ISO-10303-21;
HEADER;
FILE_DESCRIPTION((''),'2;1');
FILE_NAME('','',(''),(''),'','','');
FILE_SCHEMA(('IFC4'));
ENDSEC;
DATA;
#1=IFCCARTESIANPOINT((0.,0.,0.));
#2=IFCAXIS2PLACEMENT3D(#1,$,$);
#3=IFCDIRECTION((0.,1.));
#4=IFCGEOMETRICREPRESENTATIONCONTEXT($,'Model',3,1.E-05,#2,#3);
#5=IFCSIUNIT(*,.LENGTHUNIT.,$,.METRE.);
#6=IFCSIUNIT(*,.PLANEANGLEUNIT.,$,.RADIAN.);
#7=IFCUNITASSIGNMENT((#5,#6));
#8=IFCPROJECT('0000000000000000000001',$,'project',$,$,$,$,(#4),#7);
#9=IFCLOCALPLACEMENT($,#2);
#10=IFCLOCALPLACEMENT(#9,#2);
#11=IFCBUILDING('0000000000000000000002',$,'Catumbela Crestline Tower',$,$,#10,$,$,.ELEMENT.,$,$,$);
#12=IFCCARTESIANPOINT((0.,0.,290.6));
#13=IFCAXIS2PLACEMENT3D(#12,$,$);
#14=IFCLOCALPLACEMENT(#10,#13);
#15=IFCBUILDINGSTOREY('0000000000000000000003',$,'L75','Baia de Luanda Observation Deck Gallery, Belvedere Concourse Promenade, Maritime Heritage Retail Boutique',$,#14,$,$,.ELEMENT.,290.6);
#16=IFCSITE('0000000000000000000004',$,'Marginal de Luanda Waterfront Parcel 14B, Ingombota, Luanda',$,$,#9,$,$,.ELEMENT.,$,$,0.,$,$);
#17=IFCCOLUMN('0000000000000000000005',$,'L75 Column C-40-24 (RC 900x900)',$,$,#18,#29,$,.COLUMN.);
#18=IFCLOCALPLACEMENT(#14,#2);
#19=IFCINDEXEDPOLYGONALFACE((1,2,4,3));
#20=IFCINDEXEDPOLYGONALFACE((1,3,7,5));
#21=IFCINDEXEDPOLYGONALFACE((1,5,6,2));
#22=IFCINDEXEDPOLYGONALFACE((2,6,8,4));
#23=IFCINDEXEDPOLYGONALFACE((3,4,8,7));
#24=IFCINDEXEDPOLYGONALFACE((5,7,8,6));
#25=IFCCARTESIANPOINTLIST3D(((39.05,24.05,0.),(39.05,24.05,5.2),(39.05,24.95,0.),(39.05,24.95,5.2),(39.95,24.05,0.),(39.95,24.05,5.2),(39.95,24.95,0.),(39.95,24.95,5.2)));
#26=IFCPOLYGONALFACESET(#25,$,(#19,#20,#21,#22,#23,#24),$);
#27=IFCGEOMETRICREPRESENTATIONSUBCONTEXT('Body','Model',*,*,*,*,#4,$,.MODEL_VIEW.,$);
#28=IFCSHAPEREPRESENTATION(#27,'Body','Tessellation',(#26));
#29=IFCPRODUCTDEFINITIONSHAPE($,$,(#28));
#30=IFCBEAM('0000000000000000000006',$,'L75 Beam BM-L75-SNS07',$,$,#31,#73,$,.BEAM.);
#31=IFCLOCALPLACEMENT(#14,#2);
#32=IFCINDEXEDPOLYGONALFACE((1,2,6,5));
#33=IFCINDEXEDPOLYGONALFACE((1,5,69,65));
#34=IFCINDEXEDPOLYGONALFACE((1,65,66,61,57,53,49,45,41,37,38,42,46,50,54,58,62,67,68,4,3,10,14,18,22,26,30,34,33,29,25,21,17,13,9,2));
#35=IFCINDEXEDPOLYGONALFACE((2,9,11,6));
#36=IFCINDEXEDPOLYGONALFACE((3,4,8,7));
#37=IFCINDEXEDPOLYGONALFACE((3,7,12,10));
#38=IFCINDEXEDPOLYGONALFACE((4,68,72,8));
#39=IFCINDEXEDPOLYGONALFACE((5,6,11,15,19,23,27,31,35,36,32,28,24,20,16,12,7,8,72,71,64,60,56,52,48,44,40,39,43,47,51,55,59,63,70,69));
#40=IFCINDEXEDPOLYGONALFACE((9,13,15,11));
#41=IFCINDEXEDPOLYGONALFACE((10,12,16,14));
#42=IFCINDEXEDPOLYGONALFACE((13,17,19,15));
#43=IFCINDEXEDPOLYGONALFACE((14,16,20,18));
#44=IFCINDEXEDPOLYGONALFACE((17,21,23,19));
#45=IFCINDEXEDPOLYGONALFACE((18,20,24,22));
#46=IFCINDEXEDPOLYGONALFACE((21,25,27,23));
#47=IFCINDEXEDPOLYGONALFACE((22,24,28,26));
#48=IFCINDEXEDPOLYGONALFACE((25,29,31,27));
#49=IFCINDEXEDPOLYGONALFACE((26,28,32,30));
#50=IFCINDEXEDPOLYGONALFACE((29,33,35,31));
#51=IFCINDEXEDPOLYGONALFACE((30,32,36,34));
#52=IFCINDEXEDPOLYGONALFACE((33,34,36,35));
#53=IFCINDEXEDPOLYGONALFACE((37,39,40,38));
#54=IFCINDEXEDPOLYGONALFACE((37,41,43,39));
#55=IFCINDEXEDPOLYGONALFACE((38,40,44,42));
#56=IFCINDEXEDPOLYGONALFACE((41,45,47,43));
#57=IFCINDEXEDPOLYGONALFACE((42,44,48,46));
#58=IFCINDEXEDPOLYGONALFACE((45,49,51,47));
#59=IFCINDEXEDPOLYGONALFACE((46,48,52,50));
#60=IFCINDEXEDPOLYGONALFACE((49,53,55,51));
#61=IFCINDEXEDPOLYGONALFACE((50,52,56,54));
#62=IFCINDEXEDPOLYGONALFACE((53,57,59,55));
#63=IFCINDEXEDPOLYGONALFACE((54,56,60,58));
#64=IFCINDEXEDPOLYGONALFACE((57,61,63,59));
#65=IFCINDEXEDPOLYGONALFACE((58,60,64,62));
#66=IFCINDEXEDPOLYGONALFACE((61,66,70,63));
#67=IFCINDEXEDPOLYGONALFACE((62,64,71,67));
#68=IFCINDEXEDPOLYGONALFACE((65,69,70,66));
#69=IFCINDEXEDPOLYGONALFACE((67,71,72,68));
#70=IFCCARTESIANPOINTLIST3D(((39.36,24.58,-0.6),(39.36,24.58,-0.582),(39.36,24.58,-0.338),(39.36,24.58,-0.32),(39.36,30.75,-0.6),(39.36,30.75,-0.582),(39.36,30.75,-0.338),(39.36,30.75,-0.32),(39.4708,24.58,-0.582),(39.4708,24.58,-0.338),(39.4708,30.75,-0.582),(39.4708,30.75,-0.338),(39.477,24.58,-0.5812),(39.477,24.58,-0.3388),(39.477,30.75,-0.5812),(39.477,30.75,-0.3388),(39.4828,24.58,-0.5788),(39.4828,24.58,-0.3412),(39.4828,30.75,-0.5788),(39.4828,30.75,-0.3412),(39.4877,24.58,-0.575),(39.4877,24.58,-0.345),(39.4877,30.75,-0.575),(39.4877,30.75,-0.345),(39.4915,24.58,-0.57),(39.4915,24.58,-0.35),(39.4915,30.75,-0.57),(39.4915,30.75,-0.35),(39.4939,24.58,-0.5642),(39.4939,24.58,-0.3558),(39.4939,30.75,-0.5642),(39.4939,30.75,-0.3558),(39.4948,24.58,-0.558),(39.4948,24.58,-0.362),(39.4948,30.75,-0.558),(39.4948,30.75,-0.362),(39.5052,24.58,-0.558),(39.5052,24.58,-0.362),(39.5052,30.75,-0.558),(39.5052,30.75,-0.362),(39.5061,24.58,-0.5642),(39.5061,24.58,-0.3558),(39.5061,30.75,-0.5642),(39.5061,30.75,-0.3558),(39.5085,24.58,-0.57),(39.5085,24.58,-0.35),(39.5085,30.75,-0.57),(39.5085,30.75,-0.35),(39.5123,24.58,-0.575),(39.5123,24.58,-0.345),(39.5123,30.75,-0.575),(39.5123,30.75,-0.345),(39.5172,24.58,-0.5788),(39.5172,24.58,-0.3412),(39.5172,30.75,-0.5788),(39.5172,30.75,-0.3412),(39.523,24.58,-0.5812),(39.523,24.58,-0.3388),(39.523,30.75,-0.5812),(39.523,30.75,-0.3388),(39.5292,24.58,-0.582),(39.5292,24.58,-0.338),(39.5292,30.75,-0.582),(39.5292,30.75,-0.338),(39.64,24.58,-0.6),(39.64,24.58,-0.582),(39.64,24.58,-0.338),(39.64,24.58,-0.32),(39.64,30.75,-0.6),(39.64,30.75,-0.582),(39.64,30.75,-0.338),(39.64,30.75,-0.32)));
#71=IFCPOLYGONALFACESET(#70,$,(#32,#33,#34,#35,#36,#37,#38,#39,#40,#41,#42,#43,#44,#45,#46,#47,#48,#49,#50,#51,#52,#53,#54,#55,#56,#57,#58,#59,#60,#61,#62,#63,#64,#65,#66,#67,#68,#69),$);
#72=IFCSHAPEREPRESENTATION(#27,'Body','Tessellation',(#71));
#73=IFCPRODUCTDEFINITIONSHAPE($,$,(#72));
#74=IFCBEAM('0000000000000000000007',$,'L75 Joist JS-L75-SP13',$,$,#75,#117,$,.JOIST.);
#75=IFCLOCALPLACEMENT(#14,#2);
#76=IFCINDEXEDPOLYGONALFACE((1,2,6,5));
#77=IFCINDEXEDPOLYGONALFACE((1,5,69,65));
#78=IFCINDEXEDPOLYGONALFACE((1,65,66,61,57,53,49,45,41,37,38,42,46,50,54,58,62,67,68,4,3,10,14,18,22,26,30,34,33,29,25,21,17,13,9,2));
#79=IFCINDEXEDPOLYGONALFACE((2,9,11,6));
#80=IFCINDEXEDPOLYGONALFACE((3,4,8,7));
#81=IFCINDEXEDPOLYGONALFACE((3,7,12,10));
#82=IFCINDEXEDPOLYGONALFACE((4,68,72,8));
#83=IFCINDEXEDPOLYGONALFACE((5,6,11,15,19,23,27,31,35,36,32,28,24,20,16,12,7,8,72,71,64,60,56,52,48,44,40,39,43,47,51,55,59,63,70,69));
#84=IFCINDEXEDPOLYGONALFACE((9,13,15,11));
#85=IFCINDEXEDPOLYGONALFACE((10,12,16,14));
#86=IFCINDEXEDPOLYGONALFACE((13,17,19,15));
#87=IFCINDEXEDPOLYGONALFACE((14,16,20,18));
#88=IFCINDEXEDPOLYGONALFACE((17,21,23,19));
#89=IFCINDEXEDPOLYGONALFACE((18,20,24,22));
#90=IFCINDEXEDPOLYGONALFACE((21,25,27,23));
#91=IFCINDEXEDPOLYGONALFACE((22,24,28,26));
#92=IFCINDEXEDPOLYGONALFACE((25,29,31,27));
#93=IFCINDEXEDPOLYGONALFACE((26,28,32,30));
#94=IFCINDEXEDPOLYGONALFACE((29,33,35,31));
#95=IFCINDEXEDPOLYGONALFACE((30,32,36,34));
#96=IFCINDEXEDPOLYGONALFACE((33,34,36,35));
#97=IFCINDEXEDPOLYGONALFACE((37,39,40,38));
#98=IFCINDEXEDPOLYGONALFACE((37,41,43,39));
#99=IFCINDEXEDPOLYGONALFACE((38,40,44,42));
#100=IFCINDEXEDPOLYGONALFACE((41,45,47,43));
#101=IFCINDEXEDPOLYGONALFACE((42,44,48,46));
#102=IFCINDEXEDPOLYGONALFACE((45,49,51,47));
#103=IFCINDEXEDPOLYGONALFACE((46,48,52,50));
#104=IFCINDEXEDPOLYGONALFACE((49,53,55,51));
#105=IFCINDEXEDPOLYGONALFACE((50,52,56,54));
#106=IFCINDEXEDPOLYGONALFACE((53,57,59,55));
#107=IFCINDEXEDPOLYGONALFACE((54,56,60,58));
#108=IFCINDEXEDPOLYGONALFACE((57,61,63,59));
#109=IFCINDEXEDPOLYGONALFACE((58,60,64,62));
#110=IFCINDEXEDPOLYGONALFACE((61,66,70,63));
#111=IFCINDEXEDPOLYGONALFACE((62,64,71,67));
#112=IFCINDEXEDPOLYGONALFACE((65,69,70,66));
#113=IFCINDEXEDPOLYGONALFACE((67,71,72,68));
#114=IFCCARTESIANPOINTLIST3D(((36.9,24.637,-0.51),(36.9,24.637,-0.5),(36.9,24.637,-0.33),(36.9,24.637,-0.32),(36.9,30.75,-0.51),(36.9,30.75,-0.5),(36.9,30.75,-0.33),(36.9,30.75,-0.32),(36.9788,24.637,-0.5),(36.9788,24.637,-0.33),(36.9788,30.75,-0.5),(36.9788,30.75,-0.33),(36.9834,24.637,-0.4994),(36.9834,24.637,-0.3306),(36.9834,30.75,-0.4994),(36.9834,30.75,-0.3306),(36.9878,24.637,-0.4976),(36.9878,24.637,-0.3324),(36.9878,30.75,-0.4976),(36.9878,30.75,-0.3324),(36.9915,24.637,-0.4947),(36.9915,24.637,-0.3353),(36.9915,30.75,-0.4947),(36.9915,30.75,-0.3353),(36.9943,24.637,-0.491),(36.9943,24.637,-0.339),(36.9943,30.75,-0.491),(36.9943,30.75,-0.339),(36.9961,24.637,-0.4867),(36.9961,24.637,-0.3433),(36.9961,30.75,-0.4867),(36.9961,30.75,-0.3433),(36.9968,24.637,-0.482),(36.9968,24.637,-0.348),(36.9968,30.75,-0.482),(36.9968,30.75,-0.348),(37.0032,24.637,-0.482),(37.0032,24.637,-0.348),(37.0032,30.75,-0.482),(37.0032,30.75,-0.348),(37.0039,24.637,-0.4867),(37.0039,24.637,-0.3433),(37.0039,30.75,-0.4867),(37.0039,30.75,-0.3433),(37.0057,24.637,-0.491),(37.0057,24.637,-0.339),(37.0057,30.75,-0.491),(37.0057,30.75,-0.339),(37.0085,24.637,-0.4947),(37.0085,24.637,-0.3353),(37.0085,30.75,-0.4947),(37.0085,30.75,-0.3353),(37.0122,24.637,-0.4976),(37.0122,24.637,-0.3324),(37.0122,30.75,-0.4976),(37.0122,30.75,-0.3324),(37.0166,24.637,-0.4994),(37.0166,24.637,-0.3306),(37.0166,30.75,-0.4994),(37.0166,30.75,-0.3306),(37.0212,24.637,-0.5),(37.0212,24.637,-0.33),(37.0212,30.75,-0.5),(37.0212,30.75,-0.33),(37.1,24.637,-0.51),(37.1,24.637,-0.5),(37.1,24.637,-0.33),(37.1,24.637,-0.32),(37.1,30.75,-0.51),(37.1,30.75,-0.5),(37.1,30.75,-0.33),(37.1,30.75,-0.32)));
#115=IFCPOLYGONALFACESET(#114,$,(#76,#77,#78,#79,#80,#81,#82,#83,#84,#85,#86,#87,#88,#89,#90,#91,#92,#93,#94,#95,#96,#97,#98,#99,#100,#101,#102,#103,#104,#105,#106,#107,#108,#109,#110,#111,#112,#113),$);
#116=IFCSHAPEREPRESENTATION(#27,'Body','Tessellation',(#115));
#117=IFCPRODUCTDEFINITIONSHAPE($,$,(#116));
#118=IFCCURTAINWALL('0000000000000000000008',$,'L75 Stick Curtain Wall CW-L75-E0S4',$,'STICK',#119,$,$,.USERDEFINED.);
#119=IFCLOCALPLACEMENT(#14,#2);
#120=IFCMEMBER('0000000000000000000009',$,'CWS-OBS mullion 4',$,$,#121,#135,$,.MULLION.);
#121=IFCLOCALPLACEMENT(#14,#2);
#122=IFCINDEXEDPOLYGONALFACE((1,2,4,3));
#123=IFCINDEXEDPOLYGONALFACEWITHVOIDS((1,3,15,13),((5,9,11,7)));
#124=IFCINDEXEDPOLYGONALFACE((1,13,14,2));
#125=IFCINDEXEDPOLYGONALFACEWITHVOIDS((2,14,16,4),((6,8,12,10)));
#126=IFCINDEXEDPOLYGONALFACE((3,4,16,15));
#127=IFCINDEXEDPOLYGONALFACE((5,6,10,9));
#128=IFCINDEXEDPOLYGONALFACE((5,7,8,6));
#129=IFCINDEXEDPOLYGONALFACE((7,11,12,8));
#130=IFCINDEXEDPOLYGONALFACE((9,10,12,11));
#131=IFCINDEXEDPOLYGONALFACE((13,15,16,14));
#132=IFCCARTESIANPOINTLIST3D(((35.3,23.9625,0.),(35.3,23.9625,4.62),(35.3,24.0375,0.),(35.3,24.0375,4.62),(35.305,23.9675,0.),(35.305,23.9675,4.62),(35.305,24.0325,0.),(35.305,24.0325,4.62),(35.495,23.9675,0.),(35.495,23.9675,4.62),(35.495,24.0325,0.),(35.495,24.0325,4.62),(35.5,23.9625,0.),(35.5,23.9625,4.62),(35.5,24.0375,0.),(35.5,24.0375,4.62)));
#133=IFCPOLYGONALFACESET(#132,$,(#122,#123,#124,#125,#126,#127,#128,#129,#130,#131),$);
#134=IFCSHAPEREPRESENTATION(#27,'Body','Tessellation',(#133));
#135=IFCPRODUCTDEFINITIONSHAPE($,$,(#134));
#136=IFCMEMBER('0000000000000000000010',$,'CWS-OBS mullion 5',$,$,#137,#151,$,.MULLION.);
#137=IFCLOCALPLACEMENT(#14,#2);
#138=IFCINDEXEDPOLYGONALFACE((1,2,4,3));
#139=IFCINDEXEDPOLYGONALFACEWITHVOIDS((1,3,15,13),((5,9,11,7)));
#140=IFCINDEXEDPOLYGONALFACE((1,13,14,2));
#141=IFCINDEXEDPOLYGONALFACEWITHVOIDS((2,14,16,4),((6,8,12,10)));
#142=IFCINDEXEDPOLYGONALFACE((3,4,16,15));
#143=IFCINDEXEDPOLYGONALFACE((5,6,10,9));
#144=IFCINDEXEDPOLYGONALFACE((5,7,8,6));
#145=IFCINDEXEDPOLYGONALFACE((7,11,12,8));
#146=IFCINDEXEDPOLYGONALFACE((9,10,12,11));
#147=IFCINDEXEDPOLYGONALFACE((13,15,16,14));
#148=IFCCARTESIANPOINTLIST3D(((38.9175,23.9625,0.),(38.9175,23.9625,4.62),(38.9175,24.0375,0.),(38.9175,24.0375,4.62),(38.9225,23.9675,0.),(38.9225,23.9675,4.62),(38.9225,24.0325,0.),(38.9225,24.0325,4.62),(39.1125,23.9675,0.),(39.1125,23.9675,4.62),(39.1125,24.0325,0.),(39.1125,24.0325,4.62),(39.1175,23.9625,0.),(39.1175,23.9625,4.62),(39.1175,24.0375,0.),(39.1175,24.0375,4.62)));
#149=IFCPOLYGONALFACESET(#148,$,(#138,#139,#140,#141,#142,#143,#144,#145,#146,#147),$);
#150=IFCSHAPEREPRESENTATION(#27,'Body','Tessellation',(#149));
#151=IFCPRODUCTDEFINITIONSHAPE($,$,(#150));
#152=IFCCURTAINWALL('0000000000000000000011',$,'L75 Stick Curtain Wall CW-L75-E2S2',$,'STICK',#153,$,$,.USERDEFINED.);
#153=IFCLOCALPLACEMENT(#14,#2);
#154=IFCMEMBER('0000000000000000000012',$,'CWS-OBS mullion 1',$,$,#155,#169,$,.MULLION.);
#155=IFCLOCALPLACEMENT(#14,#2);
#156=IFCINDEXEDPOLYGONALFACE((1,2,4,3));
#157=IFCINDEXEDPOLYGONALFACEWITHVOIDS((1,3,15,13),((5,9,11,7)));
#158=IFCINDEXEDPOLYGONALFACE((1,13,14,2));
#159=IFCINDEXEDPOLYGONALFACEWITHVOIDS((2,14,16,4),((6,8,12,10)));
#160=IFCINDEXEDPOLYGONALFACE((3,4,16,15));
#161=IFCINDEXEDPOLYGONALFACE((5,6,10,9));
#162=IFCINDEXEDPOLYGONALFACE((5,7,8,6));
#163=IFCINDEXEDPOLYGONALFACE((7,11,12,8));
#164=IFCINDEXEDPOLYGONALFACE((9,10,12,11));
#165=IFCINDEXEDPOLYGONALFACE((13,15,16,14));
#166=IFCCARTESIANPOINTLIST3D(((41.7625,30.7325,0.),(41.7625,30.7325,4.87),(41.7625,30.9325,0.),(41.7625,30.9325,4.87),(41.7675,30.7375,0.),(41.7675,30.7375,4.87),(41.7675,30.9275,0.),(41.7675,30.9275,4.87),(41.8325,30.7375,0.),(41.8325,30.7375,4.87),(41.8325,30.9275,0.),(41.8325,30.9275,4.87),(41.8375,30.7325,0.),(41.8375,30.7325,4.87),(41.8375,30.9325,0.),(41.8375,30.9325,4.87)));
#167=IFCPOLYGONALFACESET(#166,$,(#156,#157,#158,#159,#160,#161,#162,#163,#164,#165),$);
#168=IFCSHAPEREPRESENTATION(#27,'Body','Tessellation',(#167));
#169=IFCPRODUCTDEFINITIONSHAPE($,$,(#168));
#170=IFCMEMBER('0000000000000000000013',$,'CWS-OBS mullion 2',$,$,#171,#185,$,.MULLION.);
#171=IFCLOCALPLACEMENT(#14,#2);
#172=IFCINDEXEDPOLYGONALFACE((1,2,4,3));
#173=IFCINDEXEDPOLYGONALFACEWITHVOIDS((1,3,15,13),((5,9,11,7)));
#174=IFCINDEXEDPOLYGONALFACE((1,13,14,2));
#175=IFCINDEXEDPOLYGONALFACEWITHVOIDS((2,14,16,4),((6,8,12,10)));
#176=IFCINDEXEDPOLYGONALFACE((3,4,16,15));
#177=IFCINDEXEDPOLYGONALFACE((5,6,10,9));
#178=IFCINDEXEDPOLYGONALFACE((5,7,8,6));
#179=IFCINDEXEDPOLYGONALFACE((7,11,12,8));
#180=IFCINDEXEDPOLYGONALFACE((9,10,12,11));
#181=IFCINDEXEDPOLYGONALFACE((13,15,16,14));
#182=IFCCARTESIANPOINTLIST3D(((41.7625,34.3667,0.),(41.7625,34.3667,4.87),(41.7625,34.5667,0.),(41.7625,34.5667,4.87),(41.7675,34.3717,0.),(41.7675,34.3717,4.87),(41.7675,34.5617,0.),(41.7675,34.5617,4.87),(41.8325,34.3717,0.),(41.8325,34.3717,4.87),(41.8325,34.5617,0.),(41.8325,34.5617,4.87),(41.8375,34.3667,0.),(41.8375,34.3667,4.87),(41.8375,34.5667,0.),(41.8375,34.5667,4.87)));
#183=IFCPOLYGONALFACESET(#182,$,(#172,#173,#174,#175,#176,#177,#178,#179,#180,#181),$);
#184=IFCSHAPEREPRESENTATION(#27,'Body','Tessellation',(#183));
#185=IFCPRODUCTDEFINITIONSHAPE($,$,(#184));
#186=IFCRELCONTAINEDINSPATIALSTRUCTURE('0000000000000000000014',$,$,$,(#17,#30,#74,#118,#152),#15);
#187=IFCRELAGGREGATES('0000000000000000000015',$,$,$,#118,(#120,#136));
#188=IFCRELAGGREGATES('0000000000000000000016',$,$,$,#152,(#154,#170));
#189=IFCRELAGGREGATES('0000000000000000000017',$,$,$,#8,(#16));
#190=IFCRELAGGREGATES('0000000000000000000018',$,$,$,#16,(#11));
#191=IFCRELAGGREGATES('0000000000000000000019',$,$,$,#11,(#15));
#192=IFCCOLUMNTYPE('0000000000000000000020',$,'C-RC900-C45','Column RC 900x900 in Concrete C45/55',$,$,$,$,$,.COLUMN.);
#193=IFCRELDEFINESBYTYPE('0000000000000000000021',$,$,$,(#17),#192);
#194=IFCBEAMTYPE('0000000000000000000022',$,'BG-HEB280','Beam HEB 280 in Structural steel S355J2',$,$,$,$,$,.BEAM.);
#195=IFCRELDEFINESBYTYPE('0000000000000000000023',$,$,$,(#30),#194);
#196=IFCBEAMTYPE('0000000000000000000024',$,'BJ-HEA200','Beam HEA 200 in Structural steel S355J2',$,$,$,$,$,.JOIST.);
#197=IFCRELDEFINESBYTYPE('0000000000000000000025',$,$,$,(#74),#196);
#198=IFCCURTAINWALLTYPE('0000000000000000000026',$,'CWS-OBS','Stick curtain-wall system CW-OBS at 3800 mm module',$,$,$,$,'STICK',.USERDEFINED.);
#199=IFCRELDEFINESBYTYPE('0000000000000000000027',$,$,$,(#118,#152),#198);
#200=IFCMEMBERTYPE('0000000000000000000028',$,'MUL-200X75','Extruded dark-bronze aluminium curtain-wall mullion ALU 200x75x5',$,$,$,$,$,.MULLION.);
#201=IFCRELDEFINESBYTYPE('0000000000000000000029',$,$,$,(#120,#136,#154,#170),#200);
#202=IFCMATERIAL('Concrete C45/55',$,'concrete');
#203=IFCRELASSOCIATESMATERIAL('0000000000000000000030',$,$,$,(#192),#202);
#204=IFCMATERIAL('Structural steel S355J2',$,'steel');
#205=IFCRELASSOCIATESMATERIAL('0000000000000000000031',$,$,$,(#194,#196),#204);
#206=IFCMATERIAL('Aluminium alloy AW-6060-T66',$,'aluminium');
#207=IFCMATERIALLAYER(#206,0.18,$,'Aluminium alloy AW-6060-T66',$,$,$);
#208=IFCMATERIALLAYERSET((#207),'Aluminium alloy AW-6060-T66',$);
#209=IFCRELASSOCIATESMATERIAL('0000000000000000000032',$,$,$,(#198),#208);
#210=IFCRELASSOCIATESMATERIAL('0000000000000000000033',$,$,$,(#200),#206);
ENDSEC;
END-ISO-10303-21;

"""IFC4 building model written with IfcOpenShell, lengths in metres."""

from ifc_helpers import new_model, si_unit, direction, frame, origin, origin_2d, place, context, subcontext, project, spatial, rectangle, hollow_rectangle, i_section, extrude, material, layer, layer_set, material_profile, profile_set, type_object, element, aggregate, save


model = new_model("IFC4")

# Units and contexts
model_context = context("Model", 3, precision=1e-05, world=origin(), true_north=direction((0.0, 1.0)))
body_context = subcontext(model_context, "Body", "Model", "MODEL_VIEW")
ifc_project = project(units=[si_unit("LENGTHUNIT", "METRE"), si_unit("PLANEANGLEUNIT", "RADIAN")], contexts=[model_context])

# Site, building, storey
site_placement = place(None, origin())
site = spatial("IfcSite", under=ifc_project, at=site_placement, Name="Marginal de Luanda Waterfront Parcel 14B, Ingombota, Luanda", CompositionType="ELEMENT", RefElevation=0.0)
building_placement = place(site_placement, origin())
building = spatial("IfcBuilding", under=site, at=building_placement, Name="Catumbela Crestline Tower", CompositionType="ELEMENT")
storey_placement = place(building_placement, frame((0.0, 0.0, 290.6)))
storey = spatial("IfcBuildingStorey", under=building, at=storey_placement, Name="L75", Description="Baia de Luanda Observation Deck Gallery, Belvedere Concourse Promenade, Maritime Heritage Retail Boutique", CompositionType="ELEMENT", Elevation=290.6)

# Column
ifc_material_1 = material(Name="Concrete C45/55", Category="concrete")
ifc_material_profile_1 = material_profile(ifc_material_1, rectangle(XDim=0.9, YDim=0.9, at=origin_2d()), Name="RC 900x900")
ifc_profile_set_1 = profile_set([ifc_material_profile_1], Name="Concrete C45/55")
column_type = type_object("IfcColumnType", Name="C-RC900-C45", Description="Column RC 900x900 in Concrete C45/55", PredefinedType="COLUMN", material=ifc_profile_set_1)
column_placement = place(storey_placement, frame((39.5, 24.5, 0.0), z_axis=(0.0, 0.0, 1.0), x_axis=(1.0, 0.0, 0.0)))
element("IfcColumn", 1, at=column_placement, inside=storey, type_object=column_type, Name="L75 Column C-40-24 (RC 900x900)", PredefinedType="COLUMN", context=body_context, shape_type="SweptSolid", body=[
    extrude(rectangle(XDim=0.9, YDim=0.9, at=origin_2d()), origin(), (0.0, 0.0, 1.0), 5.2),
])

# Beams
ifc_material_2 = material(Name="Structural steel S355J2", Category="steel")
ifc_material_profile_2 = material_profile(ifc_material_2, i_section(OverallWidth=0.28, OverallDepth=0.28, WebThickness=0.0105, FlangeThickness=0.018, FilletRadius=0.024, at=origin_2d()), Name="HEB 280")
ifc_profile_set_2 = profile_set([ifc_material_profile_2], Name="Structural steel S355J2")
beam_type_1 = type_object("IfcBeamType", Name="BG-HEB280", Description="Beam HEB 280 in Structural steel S355J2", PredefinedType="BEAM", material=ifc_profile_set_2)
beam_1_placement = place(storey_placement, frame((39.5, 24.58, -0.46), z_axis=(0.0, 1.0, 0.0), x_axis=(-1.0, 0.0, 0.0)))
element("IfcBeam", 2, at=beam_1_placement, inside=storey, type_object=beam_type_1, Name="L75 Beam BM-L75-SNS07", PredefinedType="BEAM", context=body_context, shape_type="SweptSolid", body=[
    extrude(i_section(OverallWidth=0.28, OverallDepth=0.28, WebThickness=0.0105, FlangeThickness=0.018, FilletRadius=0.024, at=origin_2d()), origin(), (0.0, 0.0, 1.0), 6.17),
])
ifc_material_profile_3 = material_profile(ifc_material_2, i_section(OverallWidth=0.2, OverallDepth=0.19, WebThickness=0.0065, FlangeThickness=0.01, FilletRadius=0.018, at=origin_2d()), Name="HEA 200")
ifc_profile_set_3 = profile_set([ifc_material_profile_3], Name="Structural steel S355J2")
beam_type_2 = type_object("IfcBeamType", Name="BJ-HEA200", Description="Beam HEA 200 in Structural steel S355J2", PredefinedType="JOIST", material=ifc_profile_set_3)
beam_2_placement = place(storey_placement, frame((37.0, 24.637, -0.415), z_axis=(0.0, 1.0, 0.0), x_axis=(-1.0, 0.0, 0.0)))
element("IfcBeam", 3, at=beam_2_placement, inside=storey, type_object=beam_type_2, Name="L75 Joist JS-L75-SP13", PredefinedType="JOIST", context=body_context, shape_type="SweptSolid", body=[
    extrude(i_section(OverallWidth=0.2, OverallDepth=0.19, WebThickness=0.0065, FlangeThickness=0.01, FilletRadius=0.018, at=origin_2d()), origin(), (0.0, 0.0, 1.0), 6.113),
])

# Curtain walls, members
ifc_material_3 = material(Name="Aluminium alloy AW-6060-T66", Category="aluminium")
ifc_layer_1 = layer(ifc_material_3, 0.18, Name="Aluminium alloy AW-6060-T66")
ifc_layer_set_1 = layer_set([ifc_layer_1], Name="Aluminium alloy AW-6060-T66")
curtain_wall_type = type_object("IfcCurtainWallType", Name="CWS-OBS", Description="Stick curtain-wall system CW-OBS at 3800 mm module", ElementType="STICK", PredefinedType="USERDEFINED", material=ifc_layer_set_1)
curtain_wall_1_placement = place(storey_placement, origin())
curtain_wall_1 = element("IfcCurtainWall", 4, at=curtain_wall_1_placement, inside=storey, type_object=curtain_wall_type, Name="L75 Stick Curtain Wall CW-L75-E0S4", ObjectType="STICK", PredefinedType="USERDEFINED")
ifc_material_profile_4 = material_profile(ifc_material_3, hollow_rectangle(XDim=0.075, YDim=0.2, WallThickness=0.005, at=origin_2d()), Name="ALU 200x75x5")
ifc_profile_set_4 = profile_set([ifc_material_profile_4], Name="Aluminium alloy AW-6060-T66")
member_type_1 = type_object("IfcMemberType", Name="MUL-200X75", Description="Extruded dark-bronze aluminium curtain-wall mullion ALU 200x75x5", PredefinedType="MULLION", material=ifc_profile_set_4)
member_1_placement = place(storey_placement, frame((35.4, 24.0, 0.0), z_axis=(0.0, 0.0, 1.0), x_axis=(0.0, 1.0, 0.0)))
member_1 = element("IfcMember", 5, at=member_1_placement, type_object=member_type_1, Name="CWS-OBS mullion 4", PredefinedType="MULLION", context=body_context, shape_type="SweptSolid", body=[
    extrude(hollow_rectangle(XDim=0.075, YDim=0.2, WallThickness=0.005, at=origin_2d()), origin(), (0.0, 0.0, 1.0), 4.62),
])
member_2_placement = place(storey_placement, frame((39.0175, 24.0, 0.0), z_axis=(0.0, 0.0, 1.0), x_axis=(0.0, 1.0, 0.0)))
member_2 = element("IfcMember", 6, at=member_2_placement, type_object=member_type_1, Name="CWS-OBS mullion 5", PredefinedType="MULLION", context=body_context, shape_type="SweptSolid", body=[
    extrude(hollow_rectangle(XDim=0.075, YDim=0.2, WallThickness=0.005, at=origin_2d()), origin(), (0.0, 0.0, 1.0), 4.62),
])
curtain_wall_2_placement = place(storey_placement, origin())
curtain_wall_2 = element("IfcCurtainWall", 7, at=curtain_wall_2_placement, inside=storey, type_object=curtain_wall_type, Name="L75 Stick Curtain Wall CW-L75-E2S2", ObjectType="STICK", PredefinedType="USERDEFINED")
member_3_placement = place(storey_placement, frame((41.8, 30.8325, 0.0), z_axis=(0.0, 0.0, 1.0), x_axis=(-1.0, 0.0, 0.0)))
member_3 = element("IfcMember", 8, at=member_3_placement, type_object=member_type_1, Name="CWS-OBS mullion 1", PredefinedType="MULLION", context=body_context, shape_type="SweptSolid", body=[
    extrude(hollow_rectangle(XDim=0.075, YDim=0.2, WallThickness=0.005, at=origin_2d()), origin(), (0.0, 0.0, 1.0), 4.87),
])
member_4_placement = place(storey_placement, frame((41.8, 34.4667, 0.0), z_axis=(0.0, 0.0, 1.0), x_axis=(-1.0, 0.0, 0.0)))
member_4 = element("IfcMember", 9, at=member_4_placement, type_object=member_type_1, Name="CWS-OBS mullion 2", PredefinedType="MULLION", context=body_context, shape_type="SweptSolid", body=[
    extrude(hollow_rectangle(XDim=0.075, YDim=0.2, WallThickness=0.005, at=origin_2d()), origin(), (0.0, 0.0, 1.0), 4.87),
])

aggregate(curtain_wall_1, [member_1, member_2])
aggregate(curtain_wall_2, [member_3, member_4])

save(model, "model.ifc")
